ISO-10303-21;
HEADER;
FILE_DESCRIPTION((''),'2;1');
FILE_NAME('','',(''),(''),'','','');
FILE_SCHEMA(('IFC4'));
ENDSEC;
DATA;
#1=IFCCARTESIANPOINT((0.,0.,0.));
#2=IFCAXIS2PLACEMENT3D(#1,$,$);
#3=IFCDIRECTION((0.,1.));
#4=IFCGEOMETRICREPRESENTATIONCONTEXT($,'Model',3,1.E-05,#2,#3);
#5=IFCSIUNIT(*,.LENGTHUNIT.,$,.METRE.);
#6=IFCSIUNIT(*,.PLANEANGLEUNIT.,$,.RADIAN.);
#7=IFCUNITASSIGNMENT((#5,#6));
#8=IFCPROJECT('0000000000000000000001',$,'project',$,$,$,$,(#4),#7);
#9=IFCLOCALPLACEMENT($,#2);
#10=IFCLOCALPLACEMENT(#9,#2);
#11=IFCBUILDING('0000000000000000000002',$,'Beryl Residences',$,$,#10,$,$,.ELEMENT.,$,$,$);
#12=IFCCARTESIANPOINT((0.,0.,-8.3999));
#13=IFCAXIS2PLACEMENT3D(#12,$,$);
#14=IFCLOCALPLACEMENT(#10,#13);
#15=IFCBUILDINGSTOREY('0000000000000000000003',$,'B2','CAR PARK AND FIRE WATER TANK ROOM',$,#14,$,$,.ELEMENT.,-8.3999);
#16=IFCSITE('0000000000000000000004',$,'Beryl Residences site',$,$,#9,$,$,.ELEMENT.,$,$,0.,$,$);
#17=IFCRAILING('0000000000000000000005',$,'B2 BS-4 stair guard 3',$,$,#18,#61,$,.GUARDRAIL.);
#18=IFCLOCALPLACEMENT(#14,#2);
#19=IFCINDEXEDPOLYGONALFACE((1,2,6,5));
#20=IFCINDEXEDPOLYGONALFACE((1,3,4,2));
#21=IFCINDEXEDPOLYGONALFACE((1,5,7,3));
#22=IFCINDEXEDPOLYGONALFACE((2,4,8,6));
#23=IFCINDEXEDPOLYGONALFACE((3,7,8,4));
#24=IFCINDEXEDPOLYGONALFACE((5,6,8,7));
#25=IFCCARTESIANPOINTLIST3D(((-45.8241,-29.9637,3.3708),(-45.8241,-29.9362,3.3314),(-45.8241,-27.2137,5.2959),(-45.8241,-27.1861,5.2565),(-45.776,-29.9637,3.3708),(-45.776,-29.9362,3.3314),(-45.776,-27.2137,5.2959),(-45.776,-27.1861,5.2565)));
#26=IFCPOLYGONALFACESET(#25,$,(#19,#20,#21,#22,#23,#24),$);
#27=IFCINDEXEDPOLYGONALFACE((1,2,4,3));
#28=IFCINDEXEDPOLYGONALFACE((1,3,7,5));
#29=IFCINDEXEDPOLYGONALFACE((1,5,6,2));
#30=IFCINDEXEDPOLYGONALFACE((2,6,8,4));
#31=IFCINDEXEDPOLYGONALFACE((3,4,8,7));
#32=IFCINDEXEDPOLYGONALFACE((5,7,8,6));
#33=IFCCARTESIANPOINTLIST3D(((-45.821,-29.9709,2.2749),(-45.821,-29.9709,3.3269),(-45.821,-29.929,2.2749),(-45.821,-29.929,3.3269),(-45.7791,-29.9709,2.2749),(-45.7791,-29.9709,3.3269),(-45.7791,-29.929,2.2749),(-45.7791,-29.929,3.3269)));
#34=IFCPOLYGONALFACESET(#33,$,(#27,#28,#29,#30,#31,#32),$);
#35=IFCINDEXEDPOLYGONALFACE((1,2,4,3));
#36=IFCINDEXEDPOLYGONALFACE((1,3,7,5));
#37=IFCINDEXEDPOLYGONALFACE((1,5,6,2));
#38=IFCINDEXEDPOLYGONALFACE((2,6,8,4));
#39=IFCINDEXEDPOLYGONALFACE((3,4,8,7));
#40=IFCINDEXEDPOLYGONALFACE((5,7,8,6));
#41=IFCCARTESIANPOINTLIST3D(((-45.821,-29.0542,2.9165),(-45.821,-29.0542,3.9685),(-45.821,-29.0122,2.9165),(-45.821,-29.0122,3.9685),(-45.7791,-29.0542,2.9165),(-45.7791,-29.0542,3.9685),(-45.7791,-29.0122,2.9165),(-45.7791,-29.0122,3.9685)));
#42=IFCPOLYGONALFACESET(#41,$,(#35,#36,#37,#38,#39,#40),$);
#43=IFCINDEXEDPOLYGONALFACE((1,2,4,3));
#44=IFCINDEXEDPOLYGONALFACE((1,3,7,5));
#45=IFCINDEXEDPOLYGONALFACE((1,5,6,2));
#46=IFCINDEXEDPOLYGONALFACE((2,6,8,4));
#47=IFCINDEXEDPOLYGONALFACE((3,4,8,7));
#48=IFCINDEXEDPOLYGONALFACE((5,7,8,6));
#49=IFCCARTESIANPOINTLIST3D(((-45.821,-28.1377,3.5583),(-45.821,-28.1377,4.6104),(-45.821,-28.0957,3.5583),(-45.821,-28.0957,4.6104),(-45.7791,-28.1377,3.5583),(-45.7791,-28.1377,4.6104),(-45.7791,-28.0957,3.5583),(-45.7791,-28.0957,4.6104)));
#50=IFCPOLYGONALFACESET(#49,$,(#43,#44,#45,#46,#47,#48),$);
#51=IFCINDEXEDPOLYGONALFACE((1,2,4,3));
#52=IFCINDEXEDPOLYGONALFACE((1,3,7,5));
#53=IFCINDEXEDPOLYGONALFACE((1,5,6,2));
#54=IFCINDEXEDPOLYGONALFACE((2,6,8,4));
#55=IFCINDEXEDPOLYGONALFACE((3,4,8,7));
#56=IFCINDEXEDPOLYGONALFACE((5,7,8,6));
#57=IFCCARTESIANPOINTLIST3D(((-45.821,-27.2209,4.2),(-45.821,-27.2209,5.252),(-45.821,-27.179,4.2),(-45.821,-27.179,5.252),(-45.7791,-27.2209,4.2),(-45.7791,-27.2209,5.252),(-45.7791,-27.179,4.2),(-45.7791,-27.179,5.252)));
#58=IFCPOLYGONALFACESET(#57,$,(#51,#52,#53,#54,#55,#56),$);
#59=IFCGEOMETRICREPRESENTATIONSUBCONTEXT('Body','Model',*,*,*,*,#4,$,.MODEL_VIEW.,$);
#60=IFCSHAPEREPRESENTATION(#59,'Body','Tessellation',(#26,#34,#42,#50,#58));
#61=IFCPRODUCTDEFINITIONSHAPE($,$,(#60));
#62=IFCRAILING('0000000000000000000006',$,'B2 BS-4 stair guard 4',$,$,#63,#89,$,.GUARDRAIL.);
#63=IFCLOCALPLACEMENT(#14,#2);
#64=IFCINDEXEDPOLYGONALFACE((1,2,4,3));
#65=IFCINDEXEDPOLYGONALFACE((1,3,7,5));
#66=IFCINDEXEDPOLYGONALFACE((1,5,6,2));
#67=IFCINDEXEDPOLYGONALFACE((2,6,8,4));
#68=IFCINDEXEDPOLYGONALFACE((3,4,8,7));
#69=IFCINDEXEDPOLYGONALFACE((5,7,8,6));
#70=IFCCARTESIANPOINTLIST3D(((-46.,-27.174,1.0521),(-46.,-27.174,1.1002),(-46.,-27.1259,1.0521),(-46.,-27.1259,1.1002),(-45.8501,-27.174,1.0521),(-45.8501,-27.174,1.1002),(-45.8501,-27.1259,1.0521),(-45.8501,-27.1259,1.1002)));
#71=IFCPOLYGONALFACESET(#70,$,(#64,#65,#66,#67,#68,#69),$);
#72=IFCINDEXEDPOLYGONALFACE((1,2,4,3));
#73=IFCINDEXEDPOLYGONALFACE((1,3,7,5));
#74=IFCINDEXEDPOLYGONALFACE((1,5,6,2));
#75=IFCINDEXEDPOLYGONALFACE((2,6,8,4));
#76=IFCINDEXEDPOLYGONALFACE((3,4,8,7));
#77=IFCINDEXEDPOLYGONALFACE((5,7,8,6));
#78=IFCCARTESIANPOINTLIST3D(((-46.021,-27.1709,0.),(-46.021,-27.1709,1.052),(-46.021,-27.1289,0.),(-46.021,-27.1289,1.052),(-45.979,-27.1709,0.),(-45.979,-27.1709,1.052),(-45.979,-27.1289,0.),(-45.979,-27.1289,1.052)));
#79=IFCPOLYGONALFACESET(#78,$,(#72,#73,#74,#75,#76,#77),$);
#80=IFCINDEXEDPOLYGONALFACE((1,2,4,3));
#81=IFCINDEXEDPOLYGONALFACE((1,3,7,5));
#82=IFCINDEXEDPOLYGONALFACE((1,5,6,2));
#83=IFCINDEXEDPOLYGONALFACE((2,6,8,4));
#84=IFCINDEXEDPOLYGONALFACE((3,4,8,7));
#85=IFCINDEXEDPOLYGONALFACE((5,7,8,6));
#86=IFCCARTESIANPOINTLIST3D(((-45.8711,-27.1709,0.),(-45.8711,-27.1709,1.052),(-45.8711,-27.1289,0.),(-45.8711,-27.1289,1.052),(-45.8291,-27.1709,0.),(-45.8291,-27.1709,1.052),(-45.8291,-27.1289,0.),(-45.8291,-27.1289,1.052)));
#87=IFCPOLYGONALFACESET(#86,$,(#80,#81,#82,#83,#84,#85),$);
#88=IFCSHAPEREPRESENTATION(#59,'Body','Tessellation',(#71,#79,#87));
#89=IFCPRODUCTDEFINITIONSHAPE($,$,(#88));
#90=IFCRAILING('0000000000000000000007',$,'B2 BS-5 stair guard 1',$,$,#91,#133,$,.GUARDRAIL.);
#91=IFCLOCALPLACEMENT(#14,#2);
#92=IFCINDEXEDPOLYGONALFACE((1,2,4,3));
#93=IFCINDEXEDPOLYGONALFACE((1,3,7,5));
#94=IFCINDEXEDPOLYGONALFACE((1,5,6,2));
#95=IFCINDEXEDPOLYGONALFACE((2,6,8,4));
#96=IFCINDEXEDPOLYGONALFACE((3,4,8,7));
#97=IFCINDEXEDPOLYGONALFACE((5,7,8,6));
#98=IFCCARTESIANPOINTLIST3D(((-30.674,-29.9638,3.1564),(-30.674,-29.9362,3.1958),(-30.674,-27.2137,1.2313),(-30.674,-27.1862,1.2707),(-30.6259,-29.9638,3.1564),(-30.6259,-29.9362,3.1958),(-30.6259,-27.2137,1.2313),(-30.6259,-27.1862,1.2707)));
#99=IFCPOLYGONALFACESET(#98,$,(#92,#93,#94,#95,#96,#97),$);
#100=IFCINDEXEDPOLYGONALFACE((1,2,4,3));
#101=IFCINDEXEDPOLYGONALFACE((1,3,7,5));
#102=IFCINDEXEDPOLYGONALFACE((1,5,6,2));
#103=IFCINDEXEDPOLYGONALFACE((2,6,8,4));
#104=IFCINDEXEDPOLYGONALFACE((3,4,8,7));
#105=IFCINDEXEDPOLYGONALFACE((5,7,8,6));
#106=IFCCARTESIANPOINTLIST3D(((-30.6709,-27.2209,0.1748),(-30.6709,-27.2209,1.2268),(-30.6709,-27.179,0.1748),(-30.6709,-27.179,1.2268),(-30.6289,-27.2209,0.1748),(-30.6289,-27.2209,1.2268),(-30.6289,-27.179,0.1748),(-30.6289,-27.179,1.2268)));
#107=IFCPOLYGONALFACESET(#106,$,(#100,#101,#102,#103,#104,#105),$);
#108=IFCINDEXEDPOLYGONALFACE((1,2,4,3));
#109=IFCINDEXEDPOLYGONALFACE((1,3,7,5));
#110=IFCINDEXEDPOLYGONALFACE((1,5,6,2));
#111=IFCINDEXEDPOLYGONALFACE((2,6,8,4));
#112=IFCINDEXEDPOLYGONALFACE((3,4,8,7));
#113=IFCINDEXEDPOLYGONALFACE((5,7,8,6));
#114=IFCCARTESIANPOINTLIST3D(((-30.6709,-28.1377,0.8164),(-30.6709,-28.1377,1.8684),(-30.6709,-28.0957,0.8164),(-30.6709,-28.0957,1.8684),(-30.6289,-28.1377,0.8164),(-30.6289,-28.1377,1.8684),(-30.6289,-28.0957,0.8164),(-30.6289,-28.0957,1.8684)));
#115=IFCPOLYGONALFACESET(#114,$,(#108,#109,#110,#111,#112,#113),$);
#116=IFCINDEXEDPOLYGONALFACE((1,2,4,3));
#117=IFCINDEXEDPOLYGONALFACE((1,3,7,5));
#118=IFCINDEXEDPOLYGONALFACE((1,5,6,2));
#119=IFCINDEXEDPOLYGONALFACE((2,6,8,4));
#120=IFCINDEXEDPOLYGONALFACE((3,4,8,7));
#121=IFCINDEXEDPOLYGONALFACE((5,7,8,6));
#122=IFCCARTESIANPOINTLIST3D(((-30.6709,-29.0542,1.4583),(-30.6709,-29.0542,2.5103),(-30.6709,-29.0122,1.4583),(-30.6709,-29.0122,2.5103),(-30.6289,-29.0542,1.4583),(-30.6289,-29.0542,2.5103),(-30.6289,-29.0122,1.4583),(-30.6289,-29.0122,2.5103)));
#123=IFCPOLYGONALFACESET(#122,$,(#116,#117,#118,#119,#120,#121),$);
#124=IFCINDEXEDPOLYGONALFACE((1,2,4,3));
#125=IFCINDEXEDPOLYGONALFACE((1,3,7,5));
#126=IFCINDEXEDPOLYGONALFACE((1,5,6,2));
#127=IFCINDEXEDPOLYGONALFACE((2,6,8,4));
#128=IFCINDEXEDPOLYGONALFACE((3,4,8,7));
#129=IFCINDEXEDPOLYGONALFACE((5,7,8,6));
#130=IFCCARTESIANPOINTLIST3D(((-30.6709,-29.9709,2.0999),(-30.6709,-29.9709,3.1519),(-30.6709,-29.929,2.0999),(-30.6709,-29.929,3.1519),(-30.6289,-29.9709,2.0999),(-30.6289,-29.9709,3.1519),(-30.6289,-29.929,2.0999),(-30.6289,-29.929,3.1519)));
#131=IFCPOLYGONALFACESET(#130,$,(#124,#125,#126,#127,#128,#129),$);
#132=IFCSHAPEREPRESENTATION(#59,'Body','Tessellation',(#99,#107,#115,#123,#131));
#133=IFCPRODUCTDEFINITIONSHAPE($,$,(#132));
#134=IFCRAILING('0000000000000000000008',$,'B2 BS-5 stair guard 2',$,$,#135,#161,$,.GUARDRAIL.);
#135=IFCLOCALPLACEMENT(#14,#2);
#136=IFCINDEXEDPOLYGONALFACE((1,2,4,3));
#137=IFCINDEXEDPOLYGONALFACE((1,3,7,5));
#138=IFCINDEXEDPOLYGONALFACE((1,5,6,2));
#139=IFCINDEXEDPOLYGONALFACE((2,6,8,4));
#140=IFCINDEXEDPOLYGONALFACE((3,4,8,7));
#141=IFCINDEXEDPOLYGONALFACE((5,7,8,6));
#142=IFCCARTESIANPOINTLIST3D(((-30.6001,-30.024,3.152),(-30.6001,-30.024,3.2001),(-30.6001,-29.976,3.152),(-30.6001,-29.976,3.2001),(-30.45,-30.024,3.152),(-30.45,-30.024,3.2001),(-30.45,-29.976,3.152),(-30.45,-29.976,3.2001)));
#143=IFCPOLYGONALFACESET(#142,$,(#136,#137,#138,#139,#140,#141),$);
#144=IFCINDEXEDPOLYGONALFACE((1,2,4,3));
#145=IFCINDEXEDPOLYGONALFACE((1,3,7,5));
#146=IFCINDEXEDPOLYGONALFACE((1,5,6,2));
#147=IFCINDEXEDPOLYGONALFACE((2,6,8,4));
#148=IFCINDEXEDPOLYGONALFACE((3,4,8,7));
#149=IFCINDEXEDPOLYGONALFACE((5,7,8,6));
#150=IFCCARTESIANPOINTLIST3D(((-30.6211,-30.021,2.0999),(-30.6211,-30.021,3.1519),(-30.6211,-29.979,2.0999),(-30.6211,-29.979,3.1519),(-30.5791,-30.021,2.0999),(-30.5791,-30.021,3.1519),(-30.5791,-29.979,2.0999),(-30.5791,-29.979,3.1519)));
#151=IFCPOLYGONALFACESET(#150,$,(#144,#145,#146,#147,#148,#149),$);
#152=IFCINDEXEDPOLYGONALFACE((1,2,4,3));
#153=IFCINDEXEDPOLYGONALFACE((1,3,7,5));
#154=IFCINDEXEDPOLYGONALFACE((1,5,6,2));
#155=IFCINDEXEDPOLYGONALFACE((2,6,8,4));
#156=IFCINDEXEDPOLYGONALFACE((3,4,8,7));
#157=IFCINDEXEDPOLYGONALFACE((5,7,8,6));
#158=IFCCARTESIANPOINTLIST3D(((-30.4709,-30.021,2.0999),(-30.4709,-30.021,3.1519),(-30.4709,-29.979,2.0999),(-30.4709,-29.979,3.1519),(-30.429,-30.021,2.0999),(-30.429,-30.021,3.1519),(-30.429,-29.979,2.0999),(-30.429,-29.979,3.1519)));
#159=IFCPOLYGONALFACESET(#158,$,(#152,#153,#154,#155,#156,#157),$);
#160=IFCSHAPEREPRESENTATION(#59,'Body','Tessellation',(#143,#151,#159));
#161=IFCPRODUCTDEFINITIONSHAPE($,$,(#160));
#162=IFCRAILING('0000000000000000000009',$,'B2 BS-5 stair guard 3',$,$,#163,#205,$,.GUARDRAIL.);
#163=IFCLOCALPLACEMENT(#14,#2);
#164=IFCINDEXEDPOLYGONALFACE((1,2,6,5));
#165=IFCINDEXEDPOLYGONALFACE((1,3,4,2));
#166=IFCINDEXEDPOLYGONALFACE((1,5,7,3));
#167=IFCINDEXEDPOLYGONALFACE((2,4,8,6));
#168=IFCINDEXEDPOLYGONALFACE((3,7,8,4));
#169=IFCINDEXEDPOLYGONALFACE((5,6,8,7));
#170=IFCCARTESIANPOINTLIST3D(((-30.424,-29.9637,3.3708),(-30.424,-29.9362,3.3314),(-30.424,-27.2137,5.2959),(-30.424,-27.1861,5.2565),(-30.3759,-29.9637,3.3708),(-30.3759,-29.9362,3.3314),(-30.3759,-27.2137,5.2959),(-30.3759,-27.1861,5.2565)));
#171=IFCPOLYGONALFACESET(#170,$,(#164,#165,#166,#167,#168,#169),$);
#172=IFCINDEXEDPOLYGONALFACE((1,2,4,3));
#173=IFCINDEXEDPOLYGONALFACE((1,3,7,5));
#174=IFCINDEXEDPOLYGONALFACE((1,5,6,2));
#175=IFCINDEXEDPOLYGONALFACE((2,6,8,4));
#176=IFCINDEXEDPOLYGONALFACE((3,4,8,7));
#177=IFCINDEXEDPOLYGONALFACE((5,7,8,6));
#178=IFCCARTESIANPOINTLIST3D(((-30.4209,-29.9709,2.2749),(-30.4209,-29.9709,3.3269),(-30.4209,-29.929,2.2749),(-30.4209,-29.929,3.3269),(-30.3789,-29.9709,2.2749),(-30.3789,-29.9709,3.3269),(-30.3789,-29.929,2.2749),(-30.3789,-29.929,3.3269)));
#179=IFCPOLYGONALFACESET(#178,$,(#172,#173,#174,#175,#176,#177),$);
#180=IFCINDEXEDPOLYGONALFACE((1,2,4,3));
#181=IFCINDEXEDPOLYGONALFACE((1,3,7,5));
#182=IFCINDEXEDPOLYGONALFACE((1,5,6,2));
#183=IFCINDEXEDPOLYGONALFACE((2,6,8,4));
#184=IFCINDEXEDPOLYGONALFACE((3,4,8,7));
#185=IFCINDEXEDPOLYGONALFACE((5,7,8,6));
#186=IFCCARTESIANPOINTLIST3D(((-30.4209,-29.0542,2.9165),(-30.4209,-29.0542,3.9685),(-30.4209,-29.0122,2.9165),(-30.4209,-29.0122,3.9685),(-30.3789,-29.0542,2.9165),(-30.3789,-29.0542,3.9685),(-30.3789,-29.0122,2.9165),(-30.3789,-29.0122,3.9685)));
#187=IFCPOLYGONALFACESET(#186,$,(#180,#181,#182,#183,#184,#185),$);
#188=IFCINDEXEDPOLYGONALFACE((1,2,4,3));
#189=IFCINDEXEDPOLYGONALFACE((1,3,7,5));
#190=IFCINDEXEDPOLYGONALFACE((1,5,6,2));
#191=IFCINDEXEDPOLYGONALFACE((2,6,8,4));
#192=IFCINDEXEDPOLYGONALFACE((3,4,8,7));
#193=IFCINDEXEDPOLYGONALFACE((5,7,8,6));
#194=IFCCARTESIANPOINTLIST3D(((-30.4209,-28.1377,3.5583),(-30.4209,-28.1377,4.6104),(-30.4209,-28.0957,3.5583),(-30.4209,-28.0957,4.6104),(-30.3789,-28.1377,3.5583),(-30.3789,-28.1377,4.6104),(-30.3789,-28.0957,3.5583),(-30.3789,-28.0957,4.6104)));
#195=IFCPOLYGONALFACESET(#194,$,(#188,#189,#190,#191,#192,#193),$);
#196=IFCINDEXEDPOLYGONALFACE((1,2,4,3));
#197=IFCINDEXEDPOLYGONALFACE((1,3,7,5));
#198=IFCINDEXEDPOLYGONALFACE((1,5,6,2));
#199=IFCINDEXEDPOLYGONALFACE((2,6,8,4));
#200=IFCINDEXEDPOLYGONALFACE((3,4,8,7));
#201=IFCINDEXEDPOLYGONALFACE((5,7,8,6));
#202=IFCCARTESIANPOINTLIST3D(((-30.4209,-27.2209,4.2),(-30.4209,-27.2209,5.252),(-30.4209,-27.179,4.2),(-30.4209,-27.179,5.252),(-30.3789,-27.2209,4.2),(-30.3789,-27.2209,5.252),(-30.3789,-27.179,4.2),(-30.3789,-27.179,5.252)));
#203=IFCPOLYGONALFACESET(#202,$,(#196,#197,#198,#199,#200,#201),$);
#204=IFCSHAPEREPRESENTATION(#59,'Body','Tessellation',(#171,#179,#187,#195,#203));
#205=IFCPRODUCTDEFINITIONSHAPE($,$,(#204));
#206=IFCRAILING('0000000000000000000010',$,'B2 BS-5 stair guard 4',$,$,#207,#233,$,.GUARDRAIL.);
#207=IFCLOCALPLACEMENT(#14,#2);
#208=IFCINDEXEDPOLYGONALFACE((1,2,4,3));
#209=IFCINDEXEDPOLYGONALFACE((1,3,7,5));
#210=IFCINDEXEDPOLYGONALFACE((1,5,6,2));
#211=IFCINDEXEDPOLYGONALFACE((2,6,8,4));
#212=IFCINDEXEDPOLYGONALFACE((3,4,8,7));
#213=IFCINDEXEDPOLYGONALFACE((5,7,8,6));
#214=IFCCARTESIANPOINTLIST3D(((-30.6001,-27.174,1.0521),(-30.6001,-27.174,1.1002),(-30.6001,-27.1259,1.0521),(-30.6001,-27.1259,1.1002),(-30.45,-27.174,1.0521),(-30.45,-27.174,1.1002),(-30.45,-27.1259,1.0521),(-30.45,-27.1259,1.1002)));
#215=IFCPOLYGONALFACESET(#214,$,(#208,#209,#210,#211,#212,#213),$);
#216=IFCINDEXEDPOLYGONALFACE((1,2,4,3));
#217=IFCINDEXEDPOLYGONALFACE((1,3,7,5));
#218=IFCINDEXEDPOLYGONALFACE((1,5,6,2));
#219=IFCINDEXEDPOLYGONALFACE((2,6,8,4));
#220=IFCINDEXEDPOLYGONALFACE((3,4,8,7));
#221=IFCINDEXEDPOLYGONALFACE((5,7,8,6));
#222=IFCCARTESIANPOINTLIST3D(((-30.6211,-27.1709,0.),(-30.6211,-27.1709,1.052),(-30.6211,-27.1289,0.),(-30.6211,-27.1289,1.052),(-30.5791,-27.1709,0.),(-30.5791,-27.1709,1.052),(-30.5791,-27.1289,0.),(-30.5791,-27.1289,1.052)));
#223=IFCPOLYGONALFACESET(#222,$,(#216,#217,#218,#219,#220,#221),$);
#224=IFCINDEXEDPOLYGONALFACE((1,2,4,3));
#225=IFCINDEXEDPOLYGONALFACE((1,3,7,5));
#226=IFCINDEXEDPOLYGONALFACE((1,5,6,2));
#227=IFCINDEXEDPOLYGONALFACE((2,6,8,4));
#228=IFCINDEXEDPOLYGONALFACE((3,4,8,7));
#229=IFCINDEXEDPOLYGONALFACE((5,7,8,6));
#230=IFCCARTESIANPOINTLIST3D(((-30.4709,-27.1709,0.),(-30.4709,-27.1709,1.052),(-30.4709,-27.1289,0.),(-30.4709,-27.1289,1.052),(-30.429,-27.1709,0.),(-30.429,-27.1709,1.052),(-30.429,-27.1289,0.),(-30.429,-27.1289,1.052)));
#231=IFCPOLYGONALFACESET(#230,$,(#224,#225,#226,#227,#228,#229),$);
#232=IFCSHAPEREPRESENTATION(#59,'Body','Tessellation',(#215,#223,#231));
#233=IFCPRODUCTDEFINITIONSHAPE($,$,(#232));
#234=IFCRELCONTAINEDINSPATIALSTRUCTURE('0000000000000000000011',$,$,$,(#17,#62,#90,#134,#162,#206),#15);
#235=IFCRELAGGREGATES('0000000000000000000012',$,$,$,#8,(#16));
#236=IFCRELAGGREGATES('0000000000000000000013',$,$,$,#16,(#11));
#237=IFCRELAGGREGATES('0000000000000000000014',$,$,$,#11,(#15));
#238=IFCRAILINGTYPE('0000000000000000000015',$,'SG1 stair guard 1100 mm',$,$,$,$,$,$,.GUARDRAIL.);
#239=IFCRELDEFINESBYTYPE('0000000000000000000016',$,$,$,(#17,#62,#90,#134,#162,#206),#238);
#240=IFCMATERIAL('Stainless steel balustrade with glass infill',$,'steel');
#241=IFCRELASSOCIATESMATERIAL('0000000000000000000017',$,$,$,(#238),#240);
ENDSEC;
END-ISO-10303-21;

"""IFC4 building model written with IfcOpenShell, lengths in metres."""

from ifc_helpers import new_model, si_unit, direction, frame, origin, origin_2d, place, context, subcontext, project, spatial, rectangle, extrude, material, type_object, element, save


model = new_model("IFC4")

# Units and contexts
model_context = context("Model", 3, precision=1e-05, world=origin(), true_north=direction((0.0, 1.0)))
body_context = subcontext(model_context, "Body", "Model", "MODEL_VIEW")
ifc_project = project(units=[si_unit("LENGTHUNIT", "METRE"), si_unit("PLANEANGLEUNIT", "RADIAN")], contexts=[model_context])

# Site, building, storey
site_placement = place(None, origin())
site = spatial("IfcSite", under=ifc_project, at=site_placement, Name="Beryl Residences site", CompositionType="ELEMENT", RefElevation=0.0)
building_placement = place(site_placement, origin())
building = spatial("IfcBuilding", under=site, at=building_placement, Name="Beryl Residences", CompositionType="ELEMENT")
storey_placement = place(building_placement, frame((0.0, 0.0, -8.3999)))
storey = spatial("IfcBuildingStorey", under=building, at=storey_placement, Name="B2", Description="CAR PARK AND FIRE WATER TANK ROOM", CompositionType="ELEMENT", Elevation=-8.3999)

# Railings
ifc_material_1 = material(Name="Stainless steel balustrade with glass infill", Category="steel")
railing_type_1 = type_object("IfcRailingType", Name="SG1 stair guard 1100 mm", PredefinedType="GUARDRAIL", material=ifc_material_1)
railing_1_placement = place(storey_placement, frame((-45.8, -29.95, 2.2749)))
element("IfcRailing", 1, at=railing_1_placement, inside=storey, type_object=railing_type_1, Name="B2 BS-4 stair guard 3", PredefinedType="GUARDRAIL", context=body_context, shape_type="SweptSolid", body=[
    extrude(rectangle(XDim=0.0481, YDim=0.0481, at=origin_2d()), frame((0.0, 0.0, 1.0762), z_axis=(0.0, 0.819225, 0.573472), x_axis=(-1.0, 0.0, 0.0)), (0.0, 0.0, 1.0), 3.3569),
    extrude(rectangle(XDim=0.042, YDim=0.042, at=origin_2d()), origin(), (0.0, 0.0, 1.0), 1.052),
    extrude(rectangle(XDim=0.042, YDim=0.042, at=origin_2d()), frame((0.0, 0.9167, 0.6416)), (0.0, 0.0, 1.0), 1.052),
    extrude(rectangle(XDim=0.042, YDim=0.042, at=origin_2d()), frame((0.0, 1.8333, 1.2834)), (0.0, 0.0, 1.0), 1.052),
    extrude(rectangle(XDim=0.042, YDim=0.042, at=origin_2d()), frame((0.0, 2.75, 1.925)), (0.0, 0.0, 1.0), 1.052),
])
railing_2_placement = place(storey_placement, frame((-46.0, -27.1499, 0.0)))
element("IfcRailing", 2, at=railing_2_placement, inside=storey, type_object=railing_type_1, Name="B2 BS-4 stair guard 4", PredefinedType="GUARDRAIL", context=body_context, shape_type="SweptSolid", body=[
    extrude(rectangle(XDim=0.0481, YDim=0.0481, at=origin_2d()), frame((0.0, 0.0, 1.0762), z_axis=(1.0, 0.0, 0.0), x_axis=(0.0, 1.0, 0.0)), (0.0, 0.0, 1.0), 0.1499),
    extrude(rectangle(XDim=0.042, YDim=0.042, at=origin_2d()), origin(), (0.0, 0.0, 1.0), 1.052),
    extrude(rectangle(XDim=0.042, YDim=0.042, at=origin_2d()), frame((0.1499, 0.0, 0.0)), (0.0, 0.0, 1.0), 1.052),
])
railing_3_placement = place(storey_placement, frame((-30.6499, -27.2, 0.1748)))
element("IfcRailing", 3, at=railing_3_placement, inside=storey, type_object=railing_type_1, Name="B2 BS-5 stair guard 1", PredefinedType="GUARDRAIL", context=body_context, shape_type="SweptSolid", body=[
    extrude(rectangle(XDim=0.0481, YDim=0.0481, at=origin_2d()), frame((0.0, 0.0, 1.0762), z_axis=(0.0, -0.819225, 0.573472), x_axis=(1.0, 0.0, 0.0)), (0.0, 0.0, 1.0), 3.3569),
    extrude(rectangle(XDim=0.042, YDim=0.042, at=origin_2d()), origin(), (0.0, 0.0, 1.0), 1.052),
    extrude(rectangle(XDim=0.042, YDim=0.042, at=origin_2d()), frame((0.0, -0.9167, 0.6416)), (0.0, 0.0, 1.0), 1.052),
    extrude(rectangle(XDim=0.042, YDim=0.042, at=origin_2d()), frame((0.0, -1.8333, 1.2834)), (0.0, 0.0, 1.0), 1.052),
    extrude(rectangle(XDim=0.042, YDim=0.042, at=origin_2d()), frame((0.0, -2.75, 1.925)), (0.0, 0.0, 1.0), 1.052),
])
railing_4_placement = place(storey_placement, frame((-30.6001, -30.0, 2.0999)))
element("IfcRailing", 4, at=railing_4_placement, inside=storey, type_object=railing_type_1, Name="B2 BS-5 stair guard 2", PredefinedType="GUARDRAIL", context=body_context, shape_type="SweptSolid", body=[
    extrude(rectangle(XDim=0.0481, YDim=0.0481, at=origin_2d()), frame((0.0, 0.0, 1.0762), z_axis=(1.0, 0.0, 0.0), x_axis=(0.0, 1.0, 0.0)), (0.0, 0.0, 1.0), 0.1501),
    extrude(rectangle(XDim=0.042, YDim=0.042, at=origin_2d()), origin(), (0.0, 0.0, 1.0), 1.052),
    extrude(rectangle(XDim=0.042, YDim=0.042, at=origin_2d()), frame((0.1501, 0.0, 0.0)), (0.0, 0.0, 1.0), 1.052),
])
railing_5_placement = place(storey_placement, frame((-30.3999, -29.95, 2.2749)))
element("IfcRailing", 5, at=railing_5_placement, inside=storey, type_object=railing_type_1, Name="B2 BS-5 stair guard 3", PredefinedType="GUARDRAIL", context=body_context, shape_type="SweptSolid", body=[
    extrude(rectangle(XDim=0.0481, YDim=0.0481, at=origin_2d()), frame((0.0, 0.0, 1.0762), z_axis=(0.0, 0.819225, 0.573472), x_axis=(-1.0, 0.0, 0.0)), (0.0, 0.0, 1.0), 3.3569),
    extrude(rectangle(XDim=0.042, YDim=0.042, at=origin_2d()), origin(), (0.0, 0.0, 1.0), 1.052),
    extrude(rectangle(XDim=0.042, YDim=0.042, at=origin_2d()), frame((0.0, 0.9167, 0.6416)), (0.0, 0.0, 1.0), 1.052),
    extrude(rectangle(XDim=0.042, YDim=0.042, at=origin_2d()), frame((0.0, 1.8333, 1.2834)), (0.0, 0.0, 1.0), 1.052),
    extrude(rectangle(XDim=0.042, YDim=0.042, at=origin_2d()), frame((0.0, 2.75, 1.925)), (0.0, 0.0, 1.0), 1.052),
])
railing_6_placement = place(storey_placement, frame((-30.6001, -27.1499, 0.0)))
element("IfcRailing", 6, at=railing_6_placement, inside=storey, type_object=railing_type_1, Name="B2 BS-5 stair guard 4", PredefinedType="GUARDRAIL", context=body_context, shape_type="SweptSolid", body=[
    extrude(rectangle(XDim=0.0481, YDim=0.0481, at=origin_2d()), frame((0.0, 0.0, 1.0762), z_axis=(1.0, 0.0, 0.0), x_axis=(0.0, 1.0, 0.0)), (0.0, 0.0, 1.0), 0.1501),
    extrude(rectangle(XDim=0.042, YDim=0.042, at=origin_2d()), origin(), (0.0, 0.0, 1.0), 1.052),
    extrude(rectangle(XDim=0.042, YDim=0.042, at=origin_2d()), frame((0.1501, 0.0, 0.0)), (0.0, 0.0, 1.0), 1.052),
])

save(model, "model.ifc")
